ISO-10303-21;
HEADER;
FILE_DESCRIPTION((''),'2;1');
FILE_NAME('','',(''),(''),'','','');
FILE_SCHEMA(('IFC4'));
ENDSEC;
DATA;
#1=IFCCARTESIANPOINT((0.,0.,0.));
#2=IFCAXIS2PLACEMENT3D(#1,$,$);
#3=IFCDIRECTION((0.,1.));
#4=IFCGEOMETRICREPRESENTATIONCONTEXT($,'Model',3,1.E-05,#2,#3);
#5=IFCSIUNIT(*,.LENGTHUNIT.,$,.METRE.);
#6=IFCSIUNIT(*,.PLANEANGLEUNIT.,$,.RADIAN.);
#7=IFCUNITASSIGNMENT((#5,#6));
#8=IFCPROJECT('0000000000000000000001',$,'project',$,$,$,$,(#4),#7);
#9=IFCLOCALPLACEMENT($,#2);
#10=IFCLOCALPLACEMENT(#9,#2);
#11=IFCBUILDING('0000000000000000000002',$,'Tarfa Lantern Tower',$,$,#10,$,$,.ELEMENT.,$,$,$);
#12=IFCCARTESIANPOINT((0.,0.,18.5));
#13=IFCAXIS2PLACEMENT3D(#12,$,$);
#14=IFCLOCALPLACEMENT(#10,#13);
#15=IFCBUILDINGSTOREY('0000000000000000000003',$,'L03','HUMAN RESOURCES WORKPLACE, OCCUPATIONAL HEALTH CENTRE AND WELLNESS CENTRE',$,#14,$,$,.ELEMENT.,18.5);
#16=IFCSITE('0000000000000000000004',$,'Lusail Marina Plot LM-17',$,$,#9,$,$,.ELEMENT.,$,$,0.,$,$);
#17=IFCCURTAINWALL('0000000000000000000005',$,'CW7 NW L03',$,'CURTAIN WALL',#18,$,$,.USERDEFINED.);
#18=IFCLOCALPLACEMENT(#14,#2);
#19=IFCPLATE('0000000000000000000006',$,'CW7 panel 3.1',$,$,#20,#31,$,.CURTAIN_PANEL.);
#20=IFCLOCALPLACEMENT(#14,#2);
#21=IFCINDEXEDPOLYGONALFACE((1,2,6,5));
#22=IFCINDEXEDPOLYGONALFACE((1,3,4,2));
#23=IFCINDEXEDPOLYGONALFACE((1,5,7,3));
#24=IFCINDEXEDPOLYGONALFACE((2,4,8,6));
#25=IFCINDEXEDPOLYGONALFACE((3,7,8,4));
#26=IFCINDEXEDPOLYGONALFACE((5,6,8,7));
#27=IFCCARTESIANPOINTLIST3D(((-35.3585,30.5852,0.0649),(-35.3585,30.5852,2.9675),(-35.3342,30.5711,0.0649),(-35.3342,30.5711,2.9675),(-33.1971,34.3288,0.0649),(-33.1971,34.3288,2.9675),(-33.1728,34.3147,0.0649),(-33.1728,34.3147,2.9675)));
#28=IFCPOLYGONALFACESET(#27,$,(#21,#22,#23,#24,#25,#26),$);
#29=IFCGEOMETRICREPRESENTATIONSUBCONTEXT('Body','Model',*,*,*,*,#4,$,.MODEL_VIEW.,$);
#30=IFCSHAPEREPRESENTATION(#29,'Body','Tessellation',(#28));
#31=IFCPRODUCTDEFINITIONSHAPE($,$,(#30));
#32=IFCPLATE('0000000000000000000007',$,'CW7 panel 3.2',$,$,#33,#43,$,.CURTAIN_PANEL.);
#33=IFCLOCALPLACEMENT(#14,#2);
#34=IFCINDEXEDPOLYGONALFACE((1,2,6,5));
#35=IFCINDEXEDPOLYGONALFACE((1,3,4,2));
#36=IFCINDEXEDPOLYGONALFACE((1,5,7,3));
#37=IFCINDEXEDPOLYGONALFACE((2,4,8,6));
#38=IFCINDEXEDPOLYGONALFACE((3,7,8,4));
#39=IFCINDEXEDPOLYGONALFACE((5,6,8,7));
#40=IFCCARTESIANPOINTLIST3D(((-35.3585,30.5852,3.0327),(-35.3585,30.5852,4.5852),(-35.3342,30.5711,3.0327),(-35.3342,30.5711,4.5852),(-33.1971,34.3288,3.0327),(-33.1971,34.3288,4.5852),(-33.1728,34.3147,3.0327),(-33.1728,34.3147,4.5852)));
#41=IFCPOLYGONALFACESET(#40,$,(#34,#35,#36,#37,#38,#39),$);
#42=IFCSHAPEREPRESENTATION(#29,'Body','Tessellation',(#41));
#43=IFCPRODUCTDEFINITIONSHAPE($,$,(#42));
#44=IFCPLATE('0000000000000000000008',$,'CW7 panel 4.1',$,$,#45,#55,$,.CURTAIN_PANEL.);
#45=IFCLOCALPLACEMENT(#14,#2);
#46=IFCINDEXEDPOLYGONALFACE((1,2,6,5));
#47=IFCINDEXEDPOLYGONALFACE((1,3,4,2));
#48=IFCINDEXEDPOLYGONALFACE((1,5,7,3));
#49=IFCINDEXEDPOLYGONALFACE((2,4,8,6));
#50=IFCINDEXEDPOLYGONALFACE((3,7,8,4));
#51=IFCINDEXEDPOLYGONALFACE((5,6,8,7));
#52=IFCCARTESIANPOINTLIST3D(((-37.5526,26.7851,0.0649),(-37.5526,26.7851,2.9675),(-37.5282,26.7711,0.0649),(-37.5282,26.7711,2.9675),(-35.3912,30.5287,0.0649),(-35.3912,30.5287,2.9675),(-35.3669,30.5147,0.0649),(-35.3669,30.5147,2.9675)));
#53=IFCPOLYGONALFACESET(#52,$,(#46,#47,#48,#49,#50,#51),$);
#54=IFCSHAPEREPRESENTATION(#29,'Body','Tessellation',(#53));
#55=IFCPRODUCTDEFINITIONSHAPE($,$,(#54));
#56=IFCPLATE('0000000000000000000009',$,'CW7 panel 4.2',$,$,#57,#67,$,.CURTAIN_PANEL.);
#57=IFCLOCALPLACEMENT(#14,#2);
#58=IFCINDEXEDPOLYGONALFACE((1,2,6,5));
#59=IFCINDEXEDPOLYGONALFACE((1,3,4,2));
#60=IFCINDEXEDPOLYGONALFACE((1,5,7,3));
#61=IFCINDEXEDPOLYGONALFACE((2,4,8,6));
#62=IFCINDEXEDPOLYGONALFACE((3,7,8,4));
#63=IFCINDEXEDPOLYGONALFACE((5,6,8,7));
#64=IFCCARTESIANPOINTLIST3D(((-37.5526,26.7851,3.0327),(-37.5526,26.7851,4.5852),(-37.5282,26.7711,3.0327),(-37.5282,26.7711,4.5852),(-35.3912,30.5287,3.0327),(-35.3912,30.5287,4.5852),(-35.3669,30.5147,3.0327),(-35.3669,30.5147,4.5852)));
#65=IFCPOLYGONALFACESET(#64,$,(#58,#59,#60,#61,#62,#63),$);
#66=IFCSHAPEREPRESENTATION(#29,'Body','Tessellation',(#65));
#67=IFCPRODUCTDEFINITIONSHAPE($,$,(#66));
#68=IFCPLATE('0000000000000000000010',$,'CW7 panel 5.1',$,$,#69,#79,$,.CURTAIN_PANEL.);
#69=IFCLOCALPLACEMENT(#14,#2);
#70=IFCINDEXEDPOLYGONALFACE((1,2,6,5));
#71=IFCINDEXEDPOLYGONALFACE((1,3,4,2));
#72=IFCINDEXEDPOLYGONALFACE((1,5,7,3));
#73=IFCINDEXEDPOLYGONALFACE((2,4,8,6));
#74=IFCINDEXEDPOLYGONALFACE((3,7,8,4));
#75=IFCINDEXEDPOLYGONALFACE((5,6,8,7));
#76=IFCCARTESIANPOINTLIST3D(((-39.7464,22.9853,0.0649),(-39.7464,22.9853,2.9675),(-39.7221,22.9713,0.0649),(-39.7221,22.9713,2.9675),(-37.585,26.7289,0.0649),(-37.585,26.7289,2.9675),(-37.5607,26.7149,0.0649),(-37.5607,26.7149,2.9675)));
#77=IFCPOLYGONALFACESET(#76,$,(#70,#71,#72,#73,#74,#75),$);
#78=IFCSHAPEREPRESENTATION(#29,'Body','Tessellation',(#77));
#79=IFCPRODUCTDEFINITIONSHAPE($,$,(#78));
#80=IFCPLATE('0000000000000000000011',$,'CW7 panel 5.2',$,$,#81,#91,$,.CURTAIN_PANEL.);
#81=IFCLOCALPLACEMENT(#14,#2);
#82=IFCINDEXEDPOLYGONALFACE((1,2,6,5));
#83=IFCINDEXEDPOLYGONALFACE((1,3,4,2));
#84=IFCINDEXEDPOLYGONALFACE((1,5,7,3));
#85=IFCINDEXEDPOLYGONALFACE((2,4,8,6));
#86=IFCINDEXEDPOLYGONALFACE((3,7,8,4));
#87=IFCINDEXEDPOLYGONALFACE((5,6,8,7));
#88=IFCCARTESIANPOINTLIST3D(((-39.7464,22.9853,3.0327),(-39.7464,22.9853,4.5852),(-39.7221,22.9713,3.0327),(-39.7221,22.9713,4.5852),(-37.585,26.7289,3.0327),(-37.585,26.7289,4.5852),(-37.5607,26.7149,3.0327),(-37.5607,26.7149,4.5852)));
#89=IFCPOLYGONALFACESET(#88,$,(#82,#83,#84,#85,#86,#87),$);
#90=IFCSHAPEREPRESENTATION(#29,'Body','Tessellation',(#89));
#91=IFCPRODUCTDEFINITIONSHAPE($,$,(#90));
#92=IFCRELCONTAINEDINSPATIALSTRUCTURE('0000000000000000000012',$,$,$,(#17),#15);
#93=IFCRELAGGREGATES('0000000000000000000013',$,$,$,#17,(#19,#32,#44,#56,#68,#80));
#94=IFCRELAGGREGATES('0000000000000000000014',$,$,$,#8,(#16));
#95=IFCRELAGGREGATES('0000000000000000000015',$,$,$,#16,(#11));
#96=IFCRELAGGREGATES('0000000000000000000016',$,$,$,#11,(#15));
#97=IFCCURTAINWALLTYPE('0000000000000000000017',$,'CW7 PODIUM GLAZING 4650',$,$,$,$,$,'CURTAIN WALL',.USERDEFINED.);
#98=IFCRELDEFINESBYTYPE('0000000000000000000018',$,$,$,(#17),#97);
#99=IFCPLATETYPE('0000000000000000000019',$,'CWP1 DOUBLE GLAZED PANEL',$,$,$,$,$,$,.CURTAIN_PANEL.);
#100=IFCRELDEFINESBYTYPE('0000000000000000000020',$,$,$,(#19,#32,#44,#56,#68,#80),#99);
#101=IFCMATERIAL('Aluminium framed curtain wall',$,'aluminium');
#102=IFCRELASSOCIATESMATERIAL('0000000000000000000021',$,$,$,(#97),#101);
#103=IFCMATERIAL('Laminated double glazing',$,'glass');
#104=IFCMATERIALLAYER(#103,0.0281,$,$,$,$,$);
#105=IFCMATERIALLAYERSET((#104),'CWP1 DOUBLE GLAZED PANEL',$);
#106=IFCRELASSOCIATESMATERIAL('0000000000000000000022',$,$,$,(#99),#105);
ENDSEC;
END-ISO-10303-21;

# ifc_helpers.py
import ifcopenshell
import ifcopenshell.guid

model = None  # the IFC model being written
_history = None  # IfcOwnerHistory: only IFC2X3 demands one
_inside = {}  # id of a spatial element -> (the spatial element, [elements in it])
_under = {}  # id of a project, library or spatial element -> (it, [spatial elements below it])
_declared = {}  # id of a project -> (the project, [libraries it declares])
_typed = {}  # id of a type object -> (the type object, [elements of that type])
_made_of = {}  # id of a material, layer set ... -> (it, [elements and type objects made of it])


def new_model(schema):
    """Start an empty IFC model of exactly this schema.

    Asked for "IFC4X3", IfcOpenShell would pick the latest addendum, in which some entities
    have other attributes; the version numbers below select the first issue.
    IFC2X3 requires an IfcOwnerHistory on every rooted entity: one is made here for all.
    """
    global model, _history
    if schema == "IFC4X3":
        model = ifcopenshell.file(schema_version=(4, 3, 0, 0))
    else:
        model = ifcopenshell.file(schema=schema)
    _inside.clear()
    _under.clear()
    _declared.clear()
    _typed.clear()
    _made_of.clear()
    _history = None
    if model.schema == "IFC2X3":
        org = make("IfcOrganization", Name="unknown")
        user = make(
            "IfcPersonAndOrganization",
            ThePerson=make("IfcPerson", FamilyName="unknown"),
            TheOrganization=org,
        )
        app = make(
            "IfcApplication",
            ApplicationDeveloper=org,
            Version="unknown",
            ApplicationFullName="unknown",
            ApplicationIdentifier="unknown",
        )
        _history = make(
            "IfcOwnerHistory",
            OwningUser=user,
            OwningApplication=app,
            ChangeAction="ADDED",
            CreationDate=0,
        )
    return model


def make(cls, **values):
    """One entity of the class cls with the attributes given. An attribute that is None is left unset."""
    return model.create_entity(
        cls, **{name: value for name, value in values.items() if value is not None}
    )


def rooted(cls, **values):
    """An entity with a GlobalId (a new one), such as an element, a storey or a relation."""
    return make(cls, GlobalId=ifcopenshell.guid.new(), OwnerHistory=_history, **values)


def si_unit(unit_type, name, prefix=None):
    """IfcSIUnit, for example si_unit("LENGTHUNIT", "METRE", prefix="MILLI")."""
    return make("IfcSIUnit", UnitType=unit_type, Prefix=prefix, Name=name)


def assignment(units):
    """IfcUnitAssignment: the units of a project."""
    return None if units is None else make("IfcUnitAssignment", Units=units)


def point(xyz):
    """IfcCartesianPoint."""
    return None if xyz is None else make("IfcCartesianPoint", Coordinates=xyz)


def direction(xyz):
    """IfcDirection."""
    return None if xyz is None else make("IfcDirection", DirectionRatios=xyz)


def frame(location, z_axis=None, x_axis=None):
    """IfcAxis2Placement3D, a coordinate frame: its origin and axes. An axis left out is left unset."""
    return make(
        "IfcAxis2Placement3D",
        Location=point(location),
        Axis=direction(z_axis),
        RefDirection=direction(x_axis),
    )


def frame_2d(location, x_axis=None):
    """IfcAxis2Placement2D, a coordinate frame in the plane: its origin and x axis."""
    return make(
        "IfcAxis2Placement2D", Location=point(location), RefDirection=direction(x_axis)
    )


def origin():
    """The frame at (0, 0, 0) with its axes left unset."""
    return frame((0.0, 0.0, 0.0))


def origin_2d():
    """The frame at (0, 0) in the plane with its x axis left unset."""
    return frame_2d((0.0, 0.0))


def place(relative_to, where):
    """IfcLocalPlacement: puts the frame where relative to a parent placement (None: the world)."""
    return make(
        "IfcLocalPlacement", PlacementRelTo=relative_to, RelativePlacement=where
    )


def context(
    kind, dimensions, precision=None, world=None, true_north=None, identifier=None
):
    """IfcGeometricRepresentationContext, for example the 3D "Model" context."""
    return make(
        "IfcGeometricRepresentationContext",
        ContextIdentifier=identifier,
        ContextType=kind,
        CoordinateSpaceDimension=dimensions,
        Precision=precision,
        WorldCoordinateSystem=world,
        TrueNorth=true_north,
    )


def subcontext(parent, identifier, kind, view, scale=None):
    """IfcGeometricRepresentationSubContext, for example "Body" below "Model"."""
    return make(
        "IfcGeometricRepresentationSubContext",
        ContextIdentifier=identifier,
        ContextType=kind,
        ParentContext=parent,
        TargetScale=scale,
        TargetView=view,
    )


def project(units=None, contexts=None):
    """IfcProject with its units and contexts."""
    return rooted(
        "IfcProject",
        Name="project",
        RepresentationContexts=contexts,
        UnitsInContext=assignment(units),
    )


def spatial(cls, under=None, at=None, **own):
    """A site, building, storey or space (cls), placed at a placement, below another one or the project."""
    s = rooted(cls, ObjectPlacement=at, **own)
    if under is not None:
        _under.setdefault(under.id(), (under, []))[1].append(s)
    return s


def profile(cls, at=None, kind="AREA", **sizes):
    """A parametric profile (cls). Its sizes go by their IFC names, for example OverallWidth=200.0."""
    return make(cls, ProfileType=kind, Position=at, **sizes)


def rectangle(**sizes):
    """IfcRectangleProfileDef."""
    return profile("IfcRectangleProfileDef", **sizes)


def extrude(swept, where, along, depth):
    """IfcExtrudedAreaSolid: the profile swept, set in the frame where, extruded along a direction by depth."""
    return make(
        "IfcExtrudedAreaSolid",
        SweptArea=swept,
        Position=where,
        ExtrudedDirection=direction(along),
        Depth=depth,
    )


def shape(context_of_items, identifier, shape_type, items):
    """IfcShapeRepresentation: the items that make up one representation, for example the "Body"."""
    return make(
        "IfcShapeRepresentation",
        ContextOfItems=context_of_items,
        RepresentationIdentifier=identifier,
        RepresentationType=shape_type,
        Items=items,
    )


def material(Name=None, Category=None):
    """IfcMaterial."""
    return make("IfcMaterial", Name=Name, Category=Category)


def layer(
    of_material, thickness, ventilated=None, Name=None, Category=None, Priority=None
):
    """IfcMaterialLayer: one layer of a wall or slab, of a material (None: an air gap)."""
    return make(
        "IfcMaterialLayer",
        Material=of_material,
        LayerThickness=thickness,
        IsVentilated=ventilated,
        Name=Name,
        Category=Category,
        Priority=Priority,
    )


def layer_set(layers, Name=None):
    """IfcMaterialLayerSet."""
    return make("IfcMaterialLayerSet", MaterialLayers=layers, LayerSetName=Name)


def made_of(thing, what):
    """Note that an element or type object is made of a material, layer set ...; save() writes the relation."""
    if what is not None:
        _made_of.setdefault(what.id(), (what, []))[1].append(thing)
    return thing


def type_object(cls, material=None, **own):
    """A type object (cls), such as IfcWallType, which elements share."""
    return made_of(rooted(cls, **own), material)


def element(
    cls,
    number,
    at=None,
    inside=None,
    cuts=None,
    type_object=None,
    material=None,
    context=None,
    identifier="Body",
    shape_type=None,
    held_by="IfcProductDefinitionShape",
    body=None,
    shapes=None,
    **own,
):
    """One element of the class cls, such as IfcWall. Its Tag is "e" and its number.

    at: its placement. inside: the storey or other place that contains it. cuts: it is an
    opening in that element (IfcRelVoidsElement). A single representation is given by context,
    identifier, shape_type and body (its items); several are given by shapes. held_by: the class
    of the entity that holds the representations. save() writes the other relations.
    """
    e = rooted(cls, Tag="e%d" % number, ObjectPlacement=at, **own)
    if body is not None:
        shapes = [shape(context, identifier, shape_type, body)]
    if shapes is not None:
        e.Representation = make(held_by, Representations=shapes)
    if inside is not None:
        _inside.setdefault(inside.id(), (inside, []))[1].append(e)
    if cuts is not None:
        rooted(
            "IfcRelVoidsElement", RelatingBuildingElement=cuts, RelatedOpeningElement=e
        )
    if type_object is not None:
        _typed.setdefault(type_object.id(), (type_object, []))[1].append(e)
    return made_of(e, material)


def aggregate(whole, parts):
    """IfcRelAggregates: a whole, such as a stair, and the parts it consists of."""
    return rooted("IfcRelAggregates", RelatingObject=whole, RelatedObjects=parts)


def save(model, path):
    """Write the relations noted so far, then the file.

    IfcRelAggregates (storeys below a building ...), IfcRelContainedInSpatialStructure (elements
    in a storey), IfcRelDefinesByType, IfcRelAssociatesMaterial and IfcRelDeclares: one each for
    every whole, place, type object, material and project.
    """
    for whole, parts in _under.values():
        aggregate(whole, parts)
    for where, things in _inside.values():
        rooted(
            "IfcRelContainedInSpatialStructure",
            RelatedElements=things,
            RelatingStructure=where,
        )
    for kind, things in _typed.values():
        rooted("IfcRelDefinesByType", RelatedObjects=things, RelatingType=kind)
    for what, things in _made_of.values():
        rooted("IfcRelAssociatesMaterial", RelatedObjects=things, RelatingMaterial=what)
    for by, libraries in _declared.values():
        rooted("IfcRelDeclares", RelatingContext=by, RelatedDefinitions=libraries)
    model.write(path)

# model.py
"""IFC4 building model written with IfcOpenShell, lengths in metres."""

from ifc_helpers import new_model, si_unit, direction, frame, origin, origin_2d, place, context, subcontext, project, spatial, rectangle, extrude, material, layer, layer_set, type_object, element, aggregate, save


model = new_model("IFC4")

# Units and contexts
model_context = context("Model", 3, precision=1e-05, world=origin(), true_north=direction((0.0, 1.0)))
body_context = subcontext(model_context, "Body", "Model", "MODEL_VIEW")
ifc_project = project(units=[si_unit("LENGTHUNIT", "METRE"), si_unit("PLANEANGLEUNIT", "RADIAN")], contexts=[model_context])

# Site, building, storey
site_placement = place(None, origin())
site = spatial("IfcSite", under=ifc_project, at=site_placement, Name="Lusail Marina Plot LM-17", CompositionType="ELEMENT", RefElevation=0.0)
building_placement = place(site_placement, origin())
building = spatial("IfcBuilding", under=site, at=building_placement, Name="Tarfa Lantern Tower", CompositionType="ELEMENT")
storey_placement = place(building_placement, frame((0.0, 0.0, 18.5)))
storey = spatial("IfcBuildingStorey", under=building, at=storey_placement, Name="L03", Description="HUMAN RESOURCES WORKPLACE, OCCUPATIONAL HEALTH CENTRE AND WELLNESS CENTRE", CompositionType="ELEMENT", Elevation=18.5)

# Shared definitions
ifc_material_1 = material(Name="Aluminium framed curtain wall", Category="aluminium")
curtain_wall_type = type_object("IfcCurtainWallType", Name="CW7 PODIUM GLAZING 4650", ElementType="CURTAIN WALL", PredefinedType="USERDEFINED", material=ifc_material_1)

# Curtain wall
curtain_wall_1_placement = place(storey_placement, origin())
curtain_wall_1 = element("IfcCurtainWall", 1, at=curtain_wall_1_placement, inside=storey, type_object=curtain_wall_type, Name="CW7 NW L03", ObjectType="CURTAIN WALL", PredefinedType="USERDEFINED")

# Plates
ifc_material_2 = material(Name="Laminated double glazing", Category="glass")
ifc_layer = layer(ifc_material_2, 0.0281)
ifc_layer_set = layer_set([ifc_layer], Name="CWP1 DOUBLE GLAZED PANEL")
plate_type = type_object("IfcPlateType", Name="CWP1 DOUBLE GLAZED PANEL", PredefinedType="CURTAIN_PANEL", material=ifc_layer_set)
plate_1_placement = place(storey_placement, frame((-34.2656, 32.45, 0.0649), z_axis=(0.0, 0.0, 1.0), x_axis=(-0.5, -0.866025, 0.0)))
plate_1 = element("IfcPlate", 2, at=plate_1_placement, type_object=plate_type, Name="CW7 panel 3.1", PredefinedType="CURTAIN_PANEL", context=body_context, shape_type="SweptSolid", body=[
    extrude(rectangle(XDim=4.3228, YDim=0.0281, at=origin_2d()), origin(), (0.0, 0.0, 1.0), 2.9026),
])
plate_2_placement = place(storey_placement, frame((-34.2656, 32.45, 3.0327), z_axis=(0.0, 0.0, 1.0), x_axis=(-0.5, -0.866025, 0.0)))
plate_2 = element("IfcPlate", 3, at=plate_2_placement, type_object=plate_type, Name="CW7 panel 3.2", PredefinedType="CURTAIN_PANEL", context=body_context, shape_type="SweptSolid", body=[
    extrude(rectangle(XDim=4.3228, YDim=0.0281, at=origin_2d()), origin(), (0.0, 0.0, 1.0), 1.5525),
])
plate_3_placement = place(storey_placement, frame((-36.4597, 28.6499, 0.0649), z_axis=(0.0, 0.0, 1.0), x_axis=(-0.5, -0.866025, 0.0)))
plate_3 = element("IfcPlate", 4, at=plate_3_placement, type_object=plate_type, Name="CW7 panel 4.1", PredefinedType="CURTAIN_PANEL", context=body_context, shape_type="SweptSolid", body=[
    extrude(rectangle(XDim=4.3228, YDim=0.0281, at=origin_2d()), origin(), (0.0, 0.0, 1.0), 2.9026),
])
plate_4_placement = place(storey_placement, frame((-36.4597, 28.6499, 3.0327), z_axis=(0.0, 0.0, 1.0), x_axis=(-0.5, -0.866025, 0.0)))
plate_4 = element("IfcPlate", 5, at=plate_4_placement, type_object=plate_type, Name="CW7 panel 4.2", PredefinedType="CURTAIN_PANEL", context=body_context, shape_type="SweptSolid", body=[
    extrude(rectangle(XDim=4.3228, YDim=0.0281, at=origin_2d()), origin(), (0.0, 0.0, 1.0), 1.5525),
])
plate_5_placement = place(storey_placement, frame((-38.6536, 24.8501, 0.0649), z_axis=(0.0, 0.0, 1.0), x_axis=(-0.5, -0.866025, 0.0)))
plate_5 = element("IfcPlate", 6, at=plate_5_placement, type_object=plate_type, Name="CW7 panel 5.1", PredefinedType="CURTAIN_PANEL", context=body_context, shape_type="SweptSolid", body=[
    extrude(rectangle(XDim=4.3228, YDim=0.0281, at=origin_2d()), origin(), (0.0, 0.0, 1.0), 2.9026),
])
plate_6_placement = place(storey_placement, frame((-38.6536, 24.8501, 3.0327), z_axis=(0.0, 0.0, 1.0), x_axis=(-0.5, -0.866025, 0.0)))
plate_6 = element("IfcPlate", 7, at=plate_6_placement, type_object=plate_type, Name="CW7 panel 5.2", PredefinedType="CURTAIN_PANEL", context=body_context, shape_type="SweptSolid", body=[
    extrude(rectangle(XDim=4.3228, YDim=0.0281, at=origin_2d()), origin(), (0.0, 0.0, 1.0), 1.5525),
])
aggregate(curtain_wall_1, [plate_1, plate_2, plate_3, plate_4, plate_5, plate_6])

save(model, "model.ifc")
